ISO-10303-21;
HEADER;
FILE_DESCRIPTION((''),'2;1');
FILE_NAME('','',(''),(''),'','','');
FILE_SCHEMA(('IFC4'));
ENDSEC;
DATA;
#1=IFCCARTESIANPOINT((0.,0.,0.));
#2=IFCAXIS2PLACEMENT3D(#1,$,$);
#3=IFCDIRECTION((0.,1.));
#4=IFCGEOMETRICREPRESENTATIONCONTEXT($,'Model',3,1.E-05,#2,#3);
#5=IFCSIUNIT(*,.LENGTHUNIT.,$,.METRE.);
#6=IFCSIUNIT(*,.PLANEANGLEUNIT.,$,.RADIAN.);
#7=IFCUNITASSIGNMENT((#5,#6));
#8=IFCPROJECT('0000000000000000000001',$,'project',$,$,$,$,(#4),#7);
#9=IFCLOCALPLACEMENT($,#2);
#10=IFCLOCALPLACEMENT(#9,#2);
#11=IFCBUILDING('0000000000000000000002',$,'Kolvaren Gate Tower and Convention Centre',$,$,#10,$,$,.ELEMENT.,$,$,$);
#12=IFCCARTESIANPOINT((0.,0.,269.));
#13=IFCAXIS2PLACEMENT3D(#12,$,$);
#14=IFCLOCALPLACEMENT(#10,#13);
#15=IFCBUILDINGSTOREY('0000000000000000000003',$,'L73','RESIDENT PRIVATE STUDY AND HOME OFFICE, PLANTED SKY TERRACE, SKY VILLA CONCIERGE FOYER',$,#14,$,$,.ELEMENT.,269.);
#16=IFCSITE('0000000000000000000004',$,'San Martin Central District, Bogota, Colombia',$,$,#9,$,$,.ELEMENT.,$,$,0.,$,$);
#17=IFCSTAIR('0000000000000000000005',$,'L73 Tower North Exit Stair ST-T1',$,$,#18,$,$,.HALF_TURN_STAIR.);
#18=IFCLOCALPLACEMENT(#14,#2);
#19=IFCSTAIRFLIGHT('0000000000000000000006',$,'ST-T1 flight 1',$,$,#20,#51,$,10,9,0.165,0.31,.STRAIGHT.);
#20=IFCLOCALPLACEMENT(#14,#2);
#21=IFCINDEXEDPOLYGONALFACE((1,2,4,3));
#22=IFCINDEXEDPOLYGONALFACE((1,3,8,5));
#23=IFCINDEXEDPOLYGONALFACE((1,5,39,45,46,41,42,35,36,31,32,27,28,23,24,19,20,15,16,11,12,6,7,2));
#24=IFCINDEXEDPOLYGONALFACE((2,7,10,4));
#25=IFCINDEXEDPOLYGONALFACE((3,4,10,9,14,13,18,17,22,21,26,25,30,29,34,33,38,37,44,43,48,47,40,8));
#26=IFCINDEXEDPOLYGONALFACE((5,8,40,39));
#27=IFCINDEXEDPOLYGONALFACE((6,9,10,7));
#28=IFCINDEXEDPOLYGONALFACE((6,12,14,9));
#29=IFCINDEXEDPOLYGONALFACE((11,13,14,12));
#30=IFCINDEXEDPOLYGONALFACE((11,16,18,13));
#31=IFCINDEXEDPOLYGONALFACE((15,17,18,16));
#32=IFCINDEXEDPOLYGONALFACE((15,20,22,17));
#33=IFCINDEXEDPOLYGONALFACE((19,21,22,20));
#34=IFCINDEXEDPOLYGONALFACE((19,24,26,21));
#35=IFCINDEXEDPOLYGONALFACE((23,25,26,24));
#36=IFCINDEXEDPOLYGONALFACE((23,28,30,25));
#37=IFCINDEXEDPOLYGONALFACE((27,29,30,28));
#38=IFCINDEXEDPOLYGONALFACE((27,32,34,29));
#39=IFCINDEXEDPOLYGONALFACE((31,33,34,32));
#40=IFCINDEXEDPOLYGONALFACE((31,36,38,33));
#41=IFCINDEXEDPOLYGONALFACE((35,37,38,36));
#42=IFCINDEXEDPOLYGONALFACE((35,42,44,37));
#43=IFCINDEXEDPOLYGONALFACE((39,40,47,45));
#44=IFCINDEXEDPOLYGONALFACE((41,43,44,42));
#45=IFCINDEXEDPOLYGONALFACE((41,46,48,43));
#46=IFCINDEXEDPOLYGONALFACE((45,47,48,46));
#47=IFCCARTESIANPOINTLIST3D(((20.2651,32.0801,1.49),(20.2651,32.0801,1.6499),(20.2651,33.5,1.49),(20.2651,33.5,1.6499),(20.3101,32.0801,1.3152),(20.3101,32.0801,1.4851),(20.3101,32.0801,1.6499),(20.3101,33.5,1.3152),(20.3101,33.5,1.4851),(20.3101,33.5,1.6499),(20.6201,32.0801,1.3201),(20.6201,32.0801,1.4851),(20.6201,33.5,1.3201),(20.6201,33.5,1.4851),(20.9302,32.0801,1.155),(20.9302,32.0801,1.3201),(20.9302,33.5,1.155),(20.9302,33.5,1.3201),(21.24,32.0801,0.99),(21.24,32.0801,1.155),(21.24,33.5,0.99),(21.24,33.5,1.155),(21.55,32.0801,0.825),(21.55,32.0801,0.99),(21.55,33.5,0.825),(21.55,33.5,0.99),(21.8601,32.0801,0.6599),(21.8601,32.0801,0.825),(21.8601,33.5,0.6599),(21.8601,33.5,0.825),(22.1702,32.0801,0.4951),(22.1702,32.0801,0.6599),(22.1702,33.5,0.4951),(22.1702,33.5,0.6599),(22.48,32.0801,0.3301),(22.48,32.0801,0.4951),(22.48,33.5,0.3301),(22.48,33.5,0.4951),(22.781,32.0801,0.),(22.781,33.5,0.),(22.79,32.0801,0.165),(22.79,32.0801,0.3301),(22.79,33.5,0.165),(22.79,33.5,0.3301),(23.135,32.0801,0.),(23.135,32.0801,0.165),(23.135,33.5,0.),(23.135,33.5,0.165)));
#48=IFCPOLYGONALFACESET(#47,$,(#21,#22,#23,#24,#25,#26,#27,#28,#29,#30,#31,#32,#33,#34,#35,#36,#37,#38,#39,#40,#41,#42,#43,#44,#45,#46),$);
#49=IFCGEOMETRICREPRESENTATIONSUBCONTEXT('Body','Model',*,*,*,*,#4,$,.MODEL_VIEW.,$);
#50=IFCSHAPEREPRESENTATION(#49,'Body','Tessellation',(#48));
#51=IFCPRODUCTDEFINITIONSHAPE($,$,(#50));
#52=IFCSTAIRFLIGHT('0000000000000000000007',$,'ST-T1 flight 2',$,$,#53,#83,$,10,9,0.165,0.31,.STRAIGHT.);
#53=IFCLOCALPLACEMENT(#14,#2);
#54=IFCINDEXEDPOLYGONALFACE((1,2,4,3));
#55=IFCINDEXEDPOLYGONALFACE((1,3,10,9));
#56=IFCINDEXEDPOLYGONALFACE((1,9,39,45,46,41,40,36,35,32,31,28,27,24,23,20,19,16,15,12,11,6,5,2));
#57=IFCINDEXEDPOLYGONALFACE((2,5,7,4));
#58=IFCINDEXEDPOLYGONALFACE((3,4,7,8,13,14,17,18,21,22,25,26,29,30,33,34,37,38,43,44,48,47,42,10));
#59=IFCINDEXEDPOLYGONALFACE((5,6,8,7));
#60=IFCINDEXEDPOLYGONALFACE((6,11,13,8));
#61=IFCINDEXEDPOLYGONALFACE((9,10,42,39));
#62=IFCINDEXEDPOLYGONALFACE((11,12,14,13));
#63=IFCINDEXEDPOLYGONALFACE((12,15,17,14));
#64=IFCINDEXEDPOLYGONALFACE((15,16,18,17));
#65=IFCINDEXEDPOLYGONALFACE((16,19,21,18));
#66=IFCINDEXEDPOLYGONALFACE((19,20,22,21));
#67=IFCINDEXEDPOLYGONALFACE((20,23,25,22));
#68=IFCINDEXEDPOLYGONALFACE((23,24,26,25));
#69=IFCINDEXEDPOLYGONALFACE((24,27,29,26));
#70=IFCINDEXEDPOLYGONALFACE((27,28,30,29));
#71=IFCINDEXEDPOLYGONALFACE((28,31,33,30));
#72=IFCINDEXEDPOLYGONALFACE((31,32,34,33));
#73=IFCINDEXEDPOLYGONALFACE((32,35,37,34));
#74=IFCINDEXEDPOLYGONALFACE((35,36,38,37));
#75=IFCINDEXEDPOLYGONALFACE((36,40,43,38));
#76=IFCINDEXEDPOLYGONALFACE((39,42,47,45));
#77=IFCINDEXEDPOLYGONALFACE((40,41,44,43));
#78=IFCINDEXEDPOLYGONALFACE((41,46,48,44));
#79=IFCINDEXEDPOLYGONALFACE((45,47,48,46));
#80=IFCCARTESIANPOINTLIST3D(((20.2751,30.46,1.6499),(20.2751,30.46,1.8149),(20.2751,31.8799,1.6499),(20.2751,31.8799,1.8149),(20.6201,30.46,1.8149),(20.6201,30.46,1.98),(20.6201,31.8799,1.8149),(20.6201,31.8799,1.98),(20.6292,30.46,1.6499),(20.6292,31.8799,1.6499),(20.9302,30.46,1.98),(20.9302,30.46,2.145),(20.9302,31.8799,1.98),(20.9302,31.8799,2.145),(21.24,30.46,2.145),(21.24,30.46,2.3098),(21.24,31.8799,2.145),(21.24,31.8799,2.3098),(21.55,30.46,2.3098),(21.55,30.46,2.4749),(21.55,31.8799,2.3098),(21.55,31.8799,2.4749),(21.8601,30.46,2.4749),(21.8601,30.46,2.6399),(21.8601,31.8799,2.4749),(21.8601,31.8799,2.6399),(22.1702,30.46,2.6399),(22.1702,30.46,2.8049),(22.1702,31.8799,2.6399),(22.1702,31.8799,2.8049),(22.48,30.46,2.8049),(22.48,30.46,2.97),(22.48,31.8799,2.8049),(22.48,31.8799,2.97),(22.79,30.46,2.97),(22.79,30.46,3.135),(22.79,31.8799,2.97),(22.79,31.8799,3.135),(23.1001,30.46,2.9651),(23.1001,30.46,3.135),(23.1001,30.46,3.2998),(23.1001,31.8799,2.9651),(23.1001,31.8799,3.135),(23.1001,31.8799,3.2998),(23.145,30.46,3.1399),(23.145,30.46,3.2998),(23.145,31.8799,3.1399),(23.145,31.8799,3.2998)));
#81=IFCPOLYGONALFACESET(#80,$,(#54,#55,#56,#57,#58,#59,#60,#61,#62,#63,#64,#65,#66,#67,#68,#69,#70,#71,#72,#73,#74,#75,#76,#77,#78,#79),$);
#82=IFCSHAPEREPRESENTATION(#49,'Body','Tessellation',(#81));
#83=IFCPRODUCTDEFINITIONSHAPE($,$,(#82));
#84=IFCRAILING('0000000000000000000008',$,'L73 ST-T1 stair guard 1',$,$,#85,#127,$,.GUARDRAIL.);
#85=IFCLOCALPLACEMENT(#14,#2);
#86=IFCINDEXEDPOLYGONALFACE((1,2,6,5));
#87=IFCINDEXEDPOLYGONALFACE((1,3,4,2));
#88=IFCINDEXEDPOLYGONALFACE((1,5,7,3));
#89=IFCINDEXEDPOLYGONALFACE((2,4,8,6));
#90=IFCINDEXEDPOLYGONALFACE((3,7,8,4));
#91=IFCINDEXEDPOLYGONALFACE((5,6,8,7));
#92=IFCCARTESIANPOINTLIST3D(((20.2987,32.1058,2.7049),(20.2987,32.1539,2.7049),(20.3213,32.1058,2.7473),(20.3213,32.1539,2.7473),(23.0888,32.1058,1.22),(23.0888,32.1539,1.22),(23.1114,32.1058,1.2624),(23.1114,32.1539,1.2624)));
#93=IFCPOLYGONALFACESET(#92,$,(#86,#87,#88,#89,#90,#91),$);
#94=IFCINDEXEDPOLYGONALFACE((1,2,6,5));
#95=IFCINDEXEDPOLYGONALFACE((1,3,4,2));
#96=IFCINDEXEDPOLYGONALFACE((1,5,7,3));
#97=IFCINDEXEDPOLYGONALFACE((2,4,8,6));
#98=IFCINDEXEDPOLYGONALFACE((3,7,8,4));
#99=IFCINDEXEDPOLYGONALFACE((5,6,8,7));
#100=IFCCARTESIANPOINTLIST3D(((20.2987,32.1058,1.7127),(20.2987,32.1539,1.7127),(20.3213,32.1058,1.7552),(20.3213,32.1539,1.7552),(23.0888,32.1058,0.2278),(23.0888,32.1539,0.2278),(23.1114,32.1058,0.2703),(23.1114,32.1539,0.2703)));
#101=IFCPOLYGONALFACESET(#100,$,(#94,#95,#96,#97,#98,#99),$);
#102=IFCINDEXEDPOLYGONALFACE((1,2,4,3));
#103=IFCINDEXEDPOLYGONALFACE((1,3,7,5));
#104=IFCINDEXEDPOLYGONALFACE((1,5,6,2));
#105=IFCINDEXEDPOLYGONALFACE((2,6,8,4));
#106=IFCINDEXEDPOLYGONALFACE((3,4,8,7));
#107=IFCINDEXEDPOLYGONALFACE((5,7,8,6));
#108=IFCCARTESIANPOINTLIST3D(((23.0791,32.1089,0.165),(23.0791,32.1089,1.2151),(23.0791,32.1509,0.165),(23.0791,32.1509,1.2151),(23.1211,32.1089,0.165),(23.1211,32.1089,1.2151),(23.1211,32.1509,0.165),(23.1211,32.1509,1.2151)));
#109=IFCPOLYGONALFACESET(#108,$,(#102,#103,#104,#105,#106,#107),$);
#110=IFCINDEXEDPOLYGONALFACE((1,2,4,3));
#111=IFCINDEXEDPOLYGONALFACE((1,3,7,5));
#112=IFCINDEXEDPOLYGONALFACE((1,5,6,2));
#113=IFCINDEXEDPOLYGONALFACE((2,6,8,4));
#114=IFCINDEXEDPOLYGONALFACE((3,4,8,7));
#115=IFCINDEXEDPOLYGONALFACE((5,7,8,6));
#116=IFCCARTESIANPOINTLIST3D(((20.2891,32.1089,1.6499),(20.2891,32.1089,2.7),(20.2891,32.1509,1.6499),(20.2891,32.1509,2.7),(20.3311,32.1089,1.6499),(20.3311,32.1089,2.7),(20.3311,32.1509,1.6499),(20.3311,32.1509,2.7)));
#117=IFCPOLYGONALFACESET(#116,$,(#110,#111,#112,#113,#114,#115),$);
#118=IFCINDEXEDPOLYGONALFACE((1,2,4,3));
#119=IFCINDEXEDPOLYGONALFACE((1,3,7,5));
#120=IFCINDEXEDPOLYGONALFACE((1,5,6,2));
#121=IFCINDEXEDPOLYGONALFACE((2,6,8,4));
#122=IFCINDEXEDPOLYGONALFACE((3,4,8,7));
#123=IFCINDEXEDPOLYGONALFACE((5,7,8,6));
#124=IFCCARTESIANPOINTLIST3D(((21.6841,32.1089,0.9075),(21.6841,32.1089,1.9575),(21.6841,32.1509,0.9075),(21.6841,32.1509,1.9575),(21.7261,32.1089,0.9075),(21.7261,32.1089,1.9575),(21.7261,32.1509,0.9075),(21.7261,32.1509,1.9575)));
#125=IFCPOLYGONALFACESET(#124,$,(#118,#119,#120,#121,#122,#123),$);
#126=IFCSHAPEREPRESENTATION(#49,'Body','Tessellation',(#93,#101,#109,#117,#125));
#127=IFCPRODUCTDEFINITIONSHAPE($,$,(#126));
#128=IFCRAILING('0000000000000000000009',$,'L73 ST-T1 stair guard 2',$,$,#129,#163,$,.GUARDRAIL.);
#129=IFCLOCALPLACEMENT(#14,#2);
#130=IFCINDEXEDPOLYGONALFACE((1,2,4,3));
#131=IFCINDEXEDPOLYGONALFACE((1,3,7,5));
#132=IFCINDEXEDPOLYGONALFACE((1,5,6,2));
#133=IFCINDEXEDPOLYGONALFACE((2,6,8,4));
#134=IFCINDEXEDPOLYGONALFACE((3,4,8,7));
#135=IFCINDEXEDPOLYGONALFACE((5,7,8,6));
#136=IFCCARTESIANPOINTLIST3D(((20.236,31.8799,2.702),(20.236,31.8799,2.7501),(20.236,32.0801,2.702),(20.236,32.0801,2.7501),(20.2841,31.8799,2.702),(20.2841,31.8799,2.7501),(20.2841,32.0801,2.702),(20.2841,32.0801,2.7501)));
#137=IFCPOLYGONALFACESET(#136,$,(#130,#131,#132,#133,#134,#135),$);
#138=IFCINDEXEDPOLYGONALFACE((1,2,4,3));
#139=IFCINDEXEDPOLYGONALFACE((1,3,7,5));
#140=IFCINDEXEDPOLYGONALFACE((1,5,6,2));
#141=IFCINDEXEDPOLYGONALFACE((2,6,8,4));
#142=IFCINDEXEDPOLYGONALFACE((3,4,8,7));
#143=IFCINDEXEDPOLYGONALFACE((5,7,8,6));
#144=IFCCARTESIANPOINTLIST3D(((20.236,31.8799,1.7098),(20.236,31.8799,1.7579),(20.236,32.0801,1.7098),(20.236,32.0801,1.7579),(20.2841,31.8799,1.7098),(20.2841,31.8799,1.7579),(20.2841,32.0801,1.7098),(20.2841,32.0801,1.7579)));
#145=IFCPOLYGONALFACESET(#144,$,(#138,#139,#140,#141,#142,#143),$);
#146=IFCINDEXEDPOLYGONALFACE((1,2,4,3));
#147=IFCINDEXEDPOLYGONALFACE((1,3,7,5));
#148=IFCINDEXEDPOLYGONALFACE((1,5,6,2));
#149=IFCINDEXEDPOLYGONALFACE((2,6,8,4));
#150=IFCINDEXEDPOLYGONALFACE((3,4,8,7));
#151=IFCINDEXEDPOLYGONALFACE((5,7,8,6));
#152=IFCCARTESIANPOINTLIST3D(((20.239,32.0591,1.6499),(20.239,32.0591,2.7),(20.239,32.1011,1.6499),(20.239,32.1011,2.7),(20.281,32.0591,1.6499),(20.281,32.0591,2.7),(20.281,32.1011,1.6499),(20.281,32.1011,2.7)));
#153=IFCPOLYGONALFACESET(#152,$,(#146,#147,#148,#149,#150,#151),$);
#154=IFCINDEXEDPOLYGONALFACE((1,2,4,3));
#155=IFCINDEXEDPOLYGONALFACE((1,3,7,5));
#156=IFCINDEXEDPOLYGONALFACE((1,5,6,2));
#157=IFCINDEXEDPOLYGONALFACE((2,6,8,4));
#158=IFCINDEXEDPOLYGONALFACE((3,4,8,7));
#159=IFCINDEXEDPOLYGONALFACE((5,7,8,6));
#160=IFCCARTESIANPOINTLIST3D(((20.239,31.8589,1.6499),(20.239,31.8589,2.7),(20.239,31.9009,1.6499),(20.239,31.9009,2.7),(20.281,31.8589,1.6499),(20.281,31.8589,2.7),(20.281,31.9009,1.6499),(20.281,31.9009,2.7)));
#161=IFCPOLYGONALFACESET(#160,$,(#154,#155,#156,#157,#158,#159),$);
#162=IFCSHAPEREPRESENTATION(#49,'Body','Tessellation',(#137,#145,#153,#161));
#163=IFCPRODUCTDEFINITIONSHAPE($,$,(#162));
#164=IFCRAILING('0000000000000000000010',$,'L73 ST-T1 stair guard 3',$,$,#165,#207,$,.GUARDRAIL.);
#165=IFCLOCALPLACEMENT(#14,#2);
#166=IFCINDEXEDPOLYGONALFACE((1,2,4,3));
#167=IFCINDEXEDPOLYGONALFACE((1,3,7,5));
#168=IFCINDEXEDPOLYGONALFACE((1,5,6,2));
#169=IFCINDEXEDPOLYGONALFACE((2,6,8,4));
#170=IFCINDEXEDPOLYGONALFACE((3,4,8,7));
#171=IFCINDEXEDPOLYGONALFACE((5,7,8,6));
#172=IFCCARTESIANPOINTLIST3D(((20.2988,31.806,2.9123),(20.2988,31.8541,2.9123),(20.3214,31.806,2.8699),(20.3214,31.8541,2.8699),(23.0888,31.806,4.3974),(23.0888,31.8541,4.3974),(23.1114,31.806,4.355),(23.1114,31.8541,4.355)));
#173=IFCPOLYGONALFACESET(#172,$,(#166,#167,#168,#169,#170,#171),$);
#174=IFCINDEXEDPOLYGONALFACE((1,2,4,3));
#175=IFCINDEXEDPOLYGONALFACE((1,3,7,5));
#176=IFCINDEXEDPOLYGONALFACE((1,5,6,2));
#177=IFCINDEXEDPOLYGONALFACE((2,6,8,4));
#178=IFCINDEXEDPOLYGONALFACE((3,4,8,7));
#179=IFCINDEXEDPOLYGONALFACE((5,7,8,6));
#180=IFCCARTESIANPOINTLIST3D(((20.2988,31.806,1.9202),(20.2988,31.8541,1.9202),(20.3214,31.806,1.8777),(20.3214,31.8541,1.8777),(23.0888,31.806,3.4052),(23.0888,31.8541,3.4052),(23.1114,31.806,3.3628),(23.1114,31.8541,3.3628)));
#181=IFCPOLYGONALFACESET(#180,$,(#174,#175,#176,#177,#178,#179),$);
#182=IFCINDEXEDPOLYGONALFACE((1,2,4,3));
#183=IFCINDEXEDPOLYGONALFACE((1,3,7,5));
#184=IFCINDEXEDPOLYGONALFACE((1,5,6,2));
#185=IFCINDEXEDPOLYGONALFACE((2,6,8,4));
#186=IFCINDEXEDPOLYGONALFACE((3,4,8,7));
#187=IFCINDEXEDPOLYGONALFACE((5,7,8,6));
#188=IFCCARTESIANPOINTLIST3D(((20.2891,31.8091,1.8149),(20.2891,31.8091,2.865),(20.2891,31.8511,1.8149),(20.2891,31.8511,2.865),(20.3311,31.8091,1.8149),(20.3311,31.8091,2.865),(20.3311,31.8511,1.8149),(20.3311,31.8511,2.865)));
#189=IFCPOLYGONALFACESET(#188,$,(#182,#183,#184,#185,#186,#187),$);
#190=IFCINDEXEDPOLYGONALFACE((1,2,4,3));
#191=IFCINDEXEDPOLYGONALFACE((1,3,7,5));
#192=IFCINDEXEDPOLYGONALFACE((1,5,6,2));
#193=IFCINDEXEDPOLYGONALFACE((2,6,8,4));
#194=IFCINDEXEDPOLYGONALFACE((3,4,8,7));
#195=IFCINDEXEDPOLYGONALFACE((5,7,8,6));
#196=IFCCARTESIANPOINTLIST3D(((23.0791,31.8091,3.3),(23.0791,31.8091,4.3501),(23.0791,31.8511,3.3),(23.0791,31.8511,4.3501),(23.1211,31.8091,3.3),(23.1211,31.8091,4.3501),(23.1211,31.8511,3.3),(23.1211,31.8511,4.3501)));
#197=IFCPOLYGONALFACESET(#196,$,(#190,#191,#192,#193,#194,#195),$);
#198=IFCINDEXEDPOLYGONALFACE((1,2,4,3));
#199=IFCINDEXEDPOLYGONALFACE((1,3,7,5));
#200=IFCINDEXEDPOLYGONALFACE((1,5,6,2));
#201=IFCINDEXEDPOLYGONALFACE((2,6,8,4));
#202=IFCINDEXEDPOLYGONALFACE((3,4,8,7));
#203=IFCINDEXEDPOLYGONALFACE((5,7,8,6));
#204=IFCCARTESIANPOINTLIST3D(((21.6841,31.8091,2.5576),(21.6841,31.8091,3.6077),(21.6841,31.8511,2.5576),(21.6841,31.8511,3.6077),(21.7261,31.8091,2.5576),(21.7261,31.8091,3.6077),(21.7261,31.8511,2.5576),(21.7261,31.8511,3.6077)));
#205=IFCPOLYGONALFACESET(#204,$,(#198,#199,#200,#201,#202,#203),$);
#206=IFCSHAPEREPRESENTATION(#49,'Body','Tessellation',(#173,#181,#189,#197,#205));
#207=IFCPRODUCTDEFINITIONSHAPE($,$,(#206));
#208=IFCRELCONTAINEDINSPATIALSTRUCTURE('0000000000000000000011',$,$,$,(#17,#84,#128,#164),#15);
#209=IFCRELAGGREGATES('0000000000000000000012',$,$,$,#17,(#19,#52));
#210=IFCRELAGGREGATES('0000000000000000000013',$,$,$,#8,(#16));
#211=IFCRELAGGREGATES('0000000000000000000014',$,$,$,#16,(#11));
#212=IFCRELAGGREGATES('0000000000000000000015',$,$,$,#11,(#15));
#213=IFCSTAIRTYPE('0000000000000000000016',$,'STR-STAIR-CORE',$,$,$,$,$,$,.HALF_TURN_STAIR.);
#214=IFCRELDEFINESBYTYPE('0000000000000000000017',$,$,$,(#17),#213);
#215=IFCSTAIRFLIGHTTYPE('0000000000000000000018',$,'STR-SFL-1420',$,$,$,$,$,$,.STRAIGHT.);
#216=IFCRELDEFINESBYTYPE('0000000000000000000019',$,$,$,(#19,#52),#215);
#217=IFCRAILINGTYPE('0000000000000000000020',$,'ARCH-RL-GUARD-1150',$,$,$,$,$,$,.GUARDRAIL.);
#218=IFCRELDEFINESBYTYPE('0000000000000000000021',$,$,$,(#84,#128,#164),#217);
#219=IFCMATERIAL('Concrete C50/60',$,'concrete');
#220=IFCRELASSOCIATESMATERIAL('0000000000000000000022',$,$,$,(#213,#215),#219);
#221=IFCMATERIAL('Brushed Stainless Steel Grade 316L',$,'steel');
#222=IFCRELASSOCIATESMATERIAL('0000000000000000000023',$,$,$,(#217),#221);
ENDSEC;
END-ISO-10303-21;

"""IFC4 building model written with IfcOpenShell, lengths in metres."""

from ifc_helpers import new_model, si_unit, direction, frame, origin, origin_2d, place, context, subcontext, project, spatial, polyline, rectangle, outline, extrude, material, type_object, element, aggregate, save


model = new_model("IFC4")

# Units and contexts
model_context = context("Model", 3, precision=1e-05, world=origin(), true_north=direction((0.0, 1.0)))
body_context = subcontext(model_context, "Body", "Model", "MODEL_VIEW")
ifc_project = project(units=[si_unit("LENGTHUNIT", "METRE"), si_unit("PLANEANGLEUNIT", "RADIAN")], contexts=[model_context])

# Site, building, storey
site_placement = place(None, origin())
site = spatial("IfcSite", under=ifc_project, at=site_placement, Name="San Martin Central District, Bogota, Colombia", CompositionType="ELEMENT", RefElevation=0.0)
building_placement = place(site_placement, origin())
building = spatial("IfcBuilding", under=site, at=building_placement, Name="Kolvaren Gate Tower and Convention Centre", CompositionType="ELEMENT")
storey_placement = place(building_placement, frame((0.0, 0.0, 269.0)))
storey = spatial("IfcBuildingStorey", under=building, at=storey_placement, Name="L73", Description="RESIDENT PRIVATE STUDY AND HOME OFFICE, PLANTED SKY TERRACE, SKY VILLA CONCIERGE FOYER", CompositionType="ELEMENT", Elevation=269.0)

# Shared definitions
ifc_material_1 = material(Name="Brushed Stainless Steel Grade 316L", Category="steel")

# Shared definitions
ifc_material_2 = material(Name="Concrete C50/60", Category="concrete")

# Stair, stair flights
stair_type = type_object("IfcStairType", Name="STR-STAIR-CORE", PredefinedType="HALF_TURN_STAIR", material=ifc_material_2)
stair_placement = place(storey_placement, origin())
stair = element("IfcStair", 1, at=stair_placement, inside=storey, type_object=stair_type, Name="L73 Tower North Exit Stair ST-T1", PredefinedType="HALF_TURN_STAIR")
stair_flight_type = type_object("IfcStairFlightType", Name="STR-SFL-1420", PredefinedType="STRAIGHT", material=ifc_material_2)
stair_flight_1_placement = place(storey_placement, frame((23.1001, 32.79, 0.0), z_axis=(0.0, 0.0, 1.0), x_axis=(-1.0, 0.0, 0.0)))
stair_flight_1 = element("IfcStairFlight", 2, at=stair_flight_1_placement, type_object=stair_flight_type, Name="ST-T1 flight 1", NumberOfRisers=10, NumberOfTreads=9, PredefinedType="STRAIGHT", RiserHeight=0.165, TreadLength=0.31, context=body_context, shape_type="SweptSolid", body=[
    extrude(outline(polyline([(-0.0349, 0.0), (-0.0349, 0.165), (0.3101, 0.165), (0.3101, 0.3301), (0.6201, 0.3301), (0.6201, 0.4951), (0.9299, 0.4951), (0.9299, 0.6599), (1.24, 0.6599), (1.24, 0.825), (1.55, 0.825), (1.55, 0.99), (1.8601, 0.99), (1.8601, 1.155), (2.1699, 1.155), (2.1699, 1.3201), (2.48, 1.3201), (2.48, 1.4851), (2.79, 1.4851), (2.79, 1.6499), (2.835, 1.6499), (2.835, 1.49), (2.79, 1.3152), (0.3191, 0.0), (-0.0349, 0.0)])), frame((0.0, 0.71, 0.0), z_axis=(0.0, -1.0, 0.0), x_axis=(1.0, 0.0, 0.0)), (0.0, 0.0, 1.0), 1.4199),
])
stair_flight_2_placement = place(storey_placement, frame((20.3101, 31.1699, 1.6499), z_axis=(0.0, 0.0, 1.0), x_axis=(1.0, 0.0, 0.0)))
stair_flight_2 = element("IfcStairFlight", 3, at=stair_flight_2_placement, type_object=stair_flight_type, Name="ST-T1 flight 2", NumberOfRisers=10, NumberOfTreads=9, PredefinedType="STRAIGHT", RiserHeight=0.165, TreadLength=0.31, context=body_context, shape_type="SweptSolid", body=[
    extrude(outline(polyline([(-0.0349, 0.0), (-0.0349, 0.165), (0.3101, 0.165), (0.3101, 0.3301), (0.6201, 0.3301), (0.6201, 0.4951), (0.9299, 0.4951), (0.9299, 0.6599), (1.24, 0.6599), (1.24, 0.825), (1.55, 0.825), (1.55, 0.99), (1.8601, 0.99), (1.8601, 1.155), (2.1699, 1.155), (2.1699, 1.3201), (2.48, 1.3201), (2.48, 1.4851), (2.79, 1.4851), (2.79, 1.6499), (2.835, 1.6499), (2.835, 1.49), (2.79, 1.3152), (0.3191, 0.0), (-0.0349, 0.0)])), frame((0.0, 0.71, 0.0), z_axis=(0.0, -1.0, 0.0), x_axis=(1.0, 0.0, 0.0)), (0.0, 0.0, 1.0), 1.4199),
])
aggregate(stair, [stair_flight_1, stair_flight_2])

# Railings
railing_type_1 = type_object("IfcRailingType", Name="ARCH-RL-GUARD-1150", PredefinedType="GUARDRAIL", material=ifc_material_1)
railing_1_placement = place(storey_placement, frame((23.1001, 32.1299, 0.165)))
element("IfcRailing", 4, at=railing_1_placement, inside=storey, type_object=railing_type_1, Name="L73 ST-T1 stair guard 1", PredefinedType="GUARDRAIL", context=body_context, shape_type="SweptSolid", body=[
    extrude(rectangle(XDim=0.0481, YDim=0.0481, at=origin_2d()), frame((0.0, 0.0, 1.0762), z_axis=(-0.882767, 0.0, 0.46981), x_axis=(0.0, -1.0, 0.0)), (0.0, 0.0, 1.0), 3.1606),
    extrude(rectangle(XDim=0.0481, YDim=0.0481, at=origin_2d()), frame((0.0, 0.0, 0.084), z_axis=(-0.882767, 0.0, 0.46981), x_axis=(0.0, -1.0, 0.0)), (0.0, 0.0, 1.0), 3.1606),
    extrude(rectangle(XDim=0.042, YDim=0.042, at=origin_2d()), origin(), (0.0, 0.0, 1.0), 1.05),
    extrude(rectangle(XDim=0.042, YDim=0.042, at=origin_2d()), frame((-2.79, 0.0, 1.4849)), (0.0, 0.0, 1.0), 1.05),
    extrude(rectangle(XDim=0.042, YDim=0.042, at=origin_2d()), frame((-1.395, 0.0, 0.7424)), (0.0, 0.0, 1.0), 1.05),
])
railing_2_placement = place(storey_placement, frame((20.26, 32.0801, 1.6499)))
element("IfcRailing", 5, at=railing_2_placement, inside=storey, type_object=railing_type_1, Name="L73 ST-T1 stair guard 2", PredefinedType="GUARDRAIL", context=body_context, shape_type="SweptSolid", body=[
    extrude(rectangle(XDim=0.0481, YDim=0.0481, at=origin_2d()), frame((0.0, 0.0, 1.0762), z_axis=(0.0, -1.0, 0.0), x_axis=(1.0, 0.0, 0.0)), (0.0, 0.0, 1.0), 0.2002),
    extrude(rectangle(XDim=0.0481, YDim=0.0481, at=origin_2d()), frame((0.0, 0.0, 0.084), z_axis=(0.0, -1.0, 0.0), x_axis=(1.0, 0.0, 0.0)), (0.0, 0.0, 1.0), 0.2002),
    extrude(rectangle(XDim=0.042, YDim=0.042, at=origin_2d()), origin(), (0.0, 0.0, 1.0), 1.05),
    extrude(rectangle(XDim=0.042, YDim=0.042, at=origin_2d()), frame((0.0, -0.2002, 0.0)), (0.0, 0.0, 1.0), 1.05),
])
railing_3_placement = place(storey_placement, frame((20.3101, 31.8301, 1.8149)))
element("IfcRailing", 6, at=railing_3_placement, inside=storey, type_object=railing_type_1, Name="L73 ST-T1 stair guard 3", PredefinedType="GUARDRAIL", context=body_context, shape_type="SweptSolid", body=[
    extrude(rectangle(XDim=0.0481, YDim=0.0481, at=origin_2d()), frame((0.0, 0.0, 1.0762), z_axis=(0.882735, 0.0, 0.46987), x_axis=(0.0, 1.0, 0.0)), (0.0, 0.0, 1.0), 3.1606),
    extrude(rectangle(XDim=0.0481, YDim=0.0481, at=origin_2d()), frame((0.0, 0.0, 0.084), z_axis=(0.882735, 0.0, 0.46987), x_axis=(0.0, 1.0, 0.0)), (0.0, 0.0, 1.0), 3.1606),
    extrude(rectangle(XDim=0.042, YDim=0.042, at=origin_2d()), origin(), (0.0, 0.0, 1.0), 1.05),
    extrude(rectangle(XDim=0.042, YDim=0.042, at=origin_2d()), frame((2.79, 0.0, 1.4851)), (0.0, 0.0, 1.0), 1.05),
    extrude(rectangle(XDim=0.042, YDim=0.042, at=origin_2d()), frame((1.395, 0.0, 0.7427)), (0.0, 0.0, 1.0), 1.05),
])

save(model, "model.ifc")
